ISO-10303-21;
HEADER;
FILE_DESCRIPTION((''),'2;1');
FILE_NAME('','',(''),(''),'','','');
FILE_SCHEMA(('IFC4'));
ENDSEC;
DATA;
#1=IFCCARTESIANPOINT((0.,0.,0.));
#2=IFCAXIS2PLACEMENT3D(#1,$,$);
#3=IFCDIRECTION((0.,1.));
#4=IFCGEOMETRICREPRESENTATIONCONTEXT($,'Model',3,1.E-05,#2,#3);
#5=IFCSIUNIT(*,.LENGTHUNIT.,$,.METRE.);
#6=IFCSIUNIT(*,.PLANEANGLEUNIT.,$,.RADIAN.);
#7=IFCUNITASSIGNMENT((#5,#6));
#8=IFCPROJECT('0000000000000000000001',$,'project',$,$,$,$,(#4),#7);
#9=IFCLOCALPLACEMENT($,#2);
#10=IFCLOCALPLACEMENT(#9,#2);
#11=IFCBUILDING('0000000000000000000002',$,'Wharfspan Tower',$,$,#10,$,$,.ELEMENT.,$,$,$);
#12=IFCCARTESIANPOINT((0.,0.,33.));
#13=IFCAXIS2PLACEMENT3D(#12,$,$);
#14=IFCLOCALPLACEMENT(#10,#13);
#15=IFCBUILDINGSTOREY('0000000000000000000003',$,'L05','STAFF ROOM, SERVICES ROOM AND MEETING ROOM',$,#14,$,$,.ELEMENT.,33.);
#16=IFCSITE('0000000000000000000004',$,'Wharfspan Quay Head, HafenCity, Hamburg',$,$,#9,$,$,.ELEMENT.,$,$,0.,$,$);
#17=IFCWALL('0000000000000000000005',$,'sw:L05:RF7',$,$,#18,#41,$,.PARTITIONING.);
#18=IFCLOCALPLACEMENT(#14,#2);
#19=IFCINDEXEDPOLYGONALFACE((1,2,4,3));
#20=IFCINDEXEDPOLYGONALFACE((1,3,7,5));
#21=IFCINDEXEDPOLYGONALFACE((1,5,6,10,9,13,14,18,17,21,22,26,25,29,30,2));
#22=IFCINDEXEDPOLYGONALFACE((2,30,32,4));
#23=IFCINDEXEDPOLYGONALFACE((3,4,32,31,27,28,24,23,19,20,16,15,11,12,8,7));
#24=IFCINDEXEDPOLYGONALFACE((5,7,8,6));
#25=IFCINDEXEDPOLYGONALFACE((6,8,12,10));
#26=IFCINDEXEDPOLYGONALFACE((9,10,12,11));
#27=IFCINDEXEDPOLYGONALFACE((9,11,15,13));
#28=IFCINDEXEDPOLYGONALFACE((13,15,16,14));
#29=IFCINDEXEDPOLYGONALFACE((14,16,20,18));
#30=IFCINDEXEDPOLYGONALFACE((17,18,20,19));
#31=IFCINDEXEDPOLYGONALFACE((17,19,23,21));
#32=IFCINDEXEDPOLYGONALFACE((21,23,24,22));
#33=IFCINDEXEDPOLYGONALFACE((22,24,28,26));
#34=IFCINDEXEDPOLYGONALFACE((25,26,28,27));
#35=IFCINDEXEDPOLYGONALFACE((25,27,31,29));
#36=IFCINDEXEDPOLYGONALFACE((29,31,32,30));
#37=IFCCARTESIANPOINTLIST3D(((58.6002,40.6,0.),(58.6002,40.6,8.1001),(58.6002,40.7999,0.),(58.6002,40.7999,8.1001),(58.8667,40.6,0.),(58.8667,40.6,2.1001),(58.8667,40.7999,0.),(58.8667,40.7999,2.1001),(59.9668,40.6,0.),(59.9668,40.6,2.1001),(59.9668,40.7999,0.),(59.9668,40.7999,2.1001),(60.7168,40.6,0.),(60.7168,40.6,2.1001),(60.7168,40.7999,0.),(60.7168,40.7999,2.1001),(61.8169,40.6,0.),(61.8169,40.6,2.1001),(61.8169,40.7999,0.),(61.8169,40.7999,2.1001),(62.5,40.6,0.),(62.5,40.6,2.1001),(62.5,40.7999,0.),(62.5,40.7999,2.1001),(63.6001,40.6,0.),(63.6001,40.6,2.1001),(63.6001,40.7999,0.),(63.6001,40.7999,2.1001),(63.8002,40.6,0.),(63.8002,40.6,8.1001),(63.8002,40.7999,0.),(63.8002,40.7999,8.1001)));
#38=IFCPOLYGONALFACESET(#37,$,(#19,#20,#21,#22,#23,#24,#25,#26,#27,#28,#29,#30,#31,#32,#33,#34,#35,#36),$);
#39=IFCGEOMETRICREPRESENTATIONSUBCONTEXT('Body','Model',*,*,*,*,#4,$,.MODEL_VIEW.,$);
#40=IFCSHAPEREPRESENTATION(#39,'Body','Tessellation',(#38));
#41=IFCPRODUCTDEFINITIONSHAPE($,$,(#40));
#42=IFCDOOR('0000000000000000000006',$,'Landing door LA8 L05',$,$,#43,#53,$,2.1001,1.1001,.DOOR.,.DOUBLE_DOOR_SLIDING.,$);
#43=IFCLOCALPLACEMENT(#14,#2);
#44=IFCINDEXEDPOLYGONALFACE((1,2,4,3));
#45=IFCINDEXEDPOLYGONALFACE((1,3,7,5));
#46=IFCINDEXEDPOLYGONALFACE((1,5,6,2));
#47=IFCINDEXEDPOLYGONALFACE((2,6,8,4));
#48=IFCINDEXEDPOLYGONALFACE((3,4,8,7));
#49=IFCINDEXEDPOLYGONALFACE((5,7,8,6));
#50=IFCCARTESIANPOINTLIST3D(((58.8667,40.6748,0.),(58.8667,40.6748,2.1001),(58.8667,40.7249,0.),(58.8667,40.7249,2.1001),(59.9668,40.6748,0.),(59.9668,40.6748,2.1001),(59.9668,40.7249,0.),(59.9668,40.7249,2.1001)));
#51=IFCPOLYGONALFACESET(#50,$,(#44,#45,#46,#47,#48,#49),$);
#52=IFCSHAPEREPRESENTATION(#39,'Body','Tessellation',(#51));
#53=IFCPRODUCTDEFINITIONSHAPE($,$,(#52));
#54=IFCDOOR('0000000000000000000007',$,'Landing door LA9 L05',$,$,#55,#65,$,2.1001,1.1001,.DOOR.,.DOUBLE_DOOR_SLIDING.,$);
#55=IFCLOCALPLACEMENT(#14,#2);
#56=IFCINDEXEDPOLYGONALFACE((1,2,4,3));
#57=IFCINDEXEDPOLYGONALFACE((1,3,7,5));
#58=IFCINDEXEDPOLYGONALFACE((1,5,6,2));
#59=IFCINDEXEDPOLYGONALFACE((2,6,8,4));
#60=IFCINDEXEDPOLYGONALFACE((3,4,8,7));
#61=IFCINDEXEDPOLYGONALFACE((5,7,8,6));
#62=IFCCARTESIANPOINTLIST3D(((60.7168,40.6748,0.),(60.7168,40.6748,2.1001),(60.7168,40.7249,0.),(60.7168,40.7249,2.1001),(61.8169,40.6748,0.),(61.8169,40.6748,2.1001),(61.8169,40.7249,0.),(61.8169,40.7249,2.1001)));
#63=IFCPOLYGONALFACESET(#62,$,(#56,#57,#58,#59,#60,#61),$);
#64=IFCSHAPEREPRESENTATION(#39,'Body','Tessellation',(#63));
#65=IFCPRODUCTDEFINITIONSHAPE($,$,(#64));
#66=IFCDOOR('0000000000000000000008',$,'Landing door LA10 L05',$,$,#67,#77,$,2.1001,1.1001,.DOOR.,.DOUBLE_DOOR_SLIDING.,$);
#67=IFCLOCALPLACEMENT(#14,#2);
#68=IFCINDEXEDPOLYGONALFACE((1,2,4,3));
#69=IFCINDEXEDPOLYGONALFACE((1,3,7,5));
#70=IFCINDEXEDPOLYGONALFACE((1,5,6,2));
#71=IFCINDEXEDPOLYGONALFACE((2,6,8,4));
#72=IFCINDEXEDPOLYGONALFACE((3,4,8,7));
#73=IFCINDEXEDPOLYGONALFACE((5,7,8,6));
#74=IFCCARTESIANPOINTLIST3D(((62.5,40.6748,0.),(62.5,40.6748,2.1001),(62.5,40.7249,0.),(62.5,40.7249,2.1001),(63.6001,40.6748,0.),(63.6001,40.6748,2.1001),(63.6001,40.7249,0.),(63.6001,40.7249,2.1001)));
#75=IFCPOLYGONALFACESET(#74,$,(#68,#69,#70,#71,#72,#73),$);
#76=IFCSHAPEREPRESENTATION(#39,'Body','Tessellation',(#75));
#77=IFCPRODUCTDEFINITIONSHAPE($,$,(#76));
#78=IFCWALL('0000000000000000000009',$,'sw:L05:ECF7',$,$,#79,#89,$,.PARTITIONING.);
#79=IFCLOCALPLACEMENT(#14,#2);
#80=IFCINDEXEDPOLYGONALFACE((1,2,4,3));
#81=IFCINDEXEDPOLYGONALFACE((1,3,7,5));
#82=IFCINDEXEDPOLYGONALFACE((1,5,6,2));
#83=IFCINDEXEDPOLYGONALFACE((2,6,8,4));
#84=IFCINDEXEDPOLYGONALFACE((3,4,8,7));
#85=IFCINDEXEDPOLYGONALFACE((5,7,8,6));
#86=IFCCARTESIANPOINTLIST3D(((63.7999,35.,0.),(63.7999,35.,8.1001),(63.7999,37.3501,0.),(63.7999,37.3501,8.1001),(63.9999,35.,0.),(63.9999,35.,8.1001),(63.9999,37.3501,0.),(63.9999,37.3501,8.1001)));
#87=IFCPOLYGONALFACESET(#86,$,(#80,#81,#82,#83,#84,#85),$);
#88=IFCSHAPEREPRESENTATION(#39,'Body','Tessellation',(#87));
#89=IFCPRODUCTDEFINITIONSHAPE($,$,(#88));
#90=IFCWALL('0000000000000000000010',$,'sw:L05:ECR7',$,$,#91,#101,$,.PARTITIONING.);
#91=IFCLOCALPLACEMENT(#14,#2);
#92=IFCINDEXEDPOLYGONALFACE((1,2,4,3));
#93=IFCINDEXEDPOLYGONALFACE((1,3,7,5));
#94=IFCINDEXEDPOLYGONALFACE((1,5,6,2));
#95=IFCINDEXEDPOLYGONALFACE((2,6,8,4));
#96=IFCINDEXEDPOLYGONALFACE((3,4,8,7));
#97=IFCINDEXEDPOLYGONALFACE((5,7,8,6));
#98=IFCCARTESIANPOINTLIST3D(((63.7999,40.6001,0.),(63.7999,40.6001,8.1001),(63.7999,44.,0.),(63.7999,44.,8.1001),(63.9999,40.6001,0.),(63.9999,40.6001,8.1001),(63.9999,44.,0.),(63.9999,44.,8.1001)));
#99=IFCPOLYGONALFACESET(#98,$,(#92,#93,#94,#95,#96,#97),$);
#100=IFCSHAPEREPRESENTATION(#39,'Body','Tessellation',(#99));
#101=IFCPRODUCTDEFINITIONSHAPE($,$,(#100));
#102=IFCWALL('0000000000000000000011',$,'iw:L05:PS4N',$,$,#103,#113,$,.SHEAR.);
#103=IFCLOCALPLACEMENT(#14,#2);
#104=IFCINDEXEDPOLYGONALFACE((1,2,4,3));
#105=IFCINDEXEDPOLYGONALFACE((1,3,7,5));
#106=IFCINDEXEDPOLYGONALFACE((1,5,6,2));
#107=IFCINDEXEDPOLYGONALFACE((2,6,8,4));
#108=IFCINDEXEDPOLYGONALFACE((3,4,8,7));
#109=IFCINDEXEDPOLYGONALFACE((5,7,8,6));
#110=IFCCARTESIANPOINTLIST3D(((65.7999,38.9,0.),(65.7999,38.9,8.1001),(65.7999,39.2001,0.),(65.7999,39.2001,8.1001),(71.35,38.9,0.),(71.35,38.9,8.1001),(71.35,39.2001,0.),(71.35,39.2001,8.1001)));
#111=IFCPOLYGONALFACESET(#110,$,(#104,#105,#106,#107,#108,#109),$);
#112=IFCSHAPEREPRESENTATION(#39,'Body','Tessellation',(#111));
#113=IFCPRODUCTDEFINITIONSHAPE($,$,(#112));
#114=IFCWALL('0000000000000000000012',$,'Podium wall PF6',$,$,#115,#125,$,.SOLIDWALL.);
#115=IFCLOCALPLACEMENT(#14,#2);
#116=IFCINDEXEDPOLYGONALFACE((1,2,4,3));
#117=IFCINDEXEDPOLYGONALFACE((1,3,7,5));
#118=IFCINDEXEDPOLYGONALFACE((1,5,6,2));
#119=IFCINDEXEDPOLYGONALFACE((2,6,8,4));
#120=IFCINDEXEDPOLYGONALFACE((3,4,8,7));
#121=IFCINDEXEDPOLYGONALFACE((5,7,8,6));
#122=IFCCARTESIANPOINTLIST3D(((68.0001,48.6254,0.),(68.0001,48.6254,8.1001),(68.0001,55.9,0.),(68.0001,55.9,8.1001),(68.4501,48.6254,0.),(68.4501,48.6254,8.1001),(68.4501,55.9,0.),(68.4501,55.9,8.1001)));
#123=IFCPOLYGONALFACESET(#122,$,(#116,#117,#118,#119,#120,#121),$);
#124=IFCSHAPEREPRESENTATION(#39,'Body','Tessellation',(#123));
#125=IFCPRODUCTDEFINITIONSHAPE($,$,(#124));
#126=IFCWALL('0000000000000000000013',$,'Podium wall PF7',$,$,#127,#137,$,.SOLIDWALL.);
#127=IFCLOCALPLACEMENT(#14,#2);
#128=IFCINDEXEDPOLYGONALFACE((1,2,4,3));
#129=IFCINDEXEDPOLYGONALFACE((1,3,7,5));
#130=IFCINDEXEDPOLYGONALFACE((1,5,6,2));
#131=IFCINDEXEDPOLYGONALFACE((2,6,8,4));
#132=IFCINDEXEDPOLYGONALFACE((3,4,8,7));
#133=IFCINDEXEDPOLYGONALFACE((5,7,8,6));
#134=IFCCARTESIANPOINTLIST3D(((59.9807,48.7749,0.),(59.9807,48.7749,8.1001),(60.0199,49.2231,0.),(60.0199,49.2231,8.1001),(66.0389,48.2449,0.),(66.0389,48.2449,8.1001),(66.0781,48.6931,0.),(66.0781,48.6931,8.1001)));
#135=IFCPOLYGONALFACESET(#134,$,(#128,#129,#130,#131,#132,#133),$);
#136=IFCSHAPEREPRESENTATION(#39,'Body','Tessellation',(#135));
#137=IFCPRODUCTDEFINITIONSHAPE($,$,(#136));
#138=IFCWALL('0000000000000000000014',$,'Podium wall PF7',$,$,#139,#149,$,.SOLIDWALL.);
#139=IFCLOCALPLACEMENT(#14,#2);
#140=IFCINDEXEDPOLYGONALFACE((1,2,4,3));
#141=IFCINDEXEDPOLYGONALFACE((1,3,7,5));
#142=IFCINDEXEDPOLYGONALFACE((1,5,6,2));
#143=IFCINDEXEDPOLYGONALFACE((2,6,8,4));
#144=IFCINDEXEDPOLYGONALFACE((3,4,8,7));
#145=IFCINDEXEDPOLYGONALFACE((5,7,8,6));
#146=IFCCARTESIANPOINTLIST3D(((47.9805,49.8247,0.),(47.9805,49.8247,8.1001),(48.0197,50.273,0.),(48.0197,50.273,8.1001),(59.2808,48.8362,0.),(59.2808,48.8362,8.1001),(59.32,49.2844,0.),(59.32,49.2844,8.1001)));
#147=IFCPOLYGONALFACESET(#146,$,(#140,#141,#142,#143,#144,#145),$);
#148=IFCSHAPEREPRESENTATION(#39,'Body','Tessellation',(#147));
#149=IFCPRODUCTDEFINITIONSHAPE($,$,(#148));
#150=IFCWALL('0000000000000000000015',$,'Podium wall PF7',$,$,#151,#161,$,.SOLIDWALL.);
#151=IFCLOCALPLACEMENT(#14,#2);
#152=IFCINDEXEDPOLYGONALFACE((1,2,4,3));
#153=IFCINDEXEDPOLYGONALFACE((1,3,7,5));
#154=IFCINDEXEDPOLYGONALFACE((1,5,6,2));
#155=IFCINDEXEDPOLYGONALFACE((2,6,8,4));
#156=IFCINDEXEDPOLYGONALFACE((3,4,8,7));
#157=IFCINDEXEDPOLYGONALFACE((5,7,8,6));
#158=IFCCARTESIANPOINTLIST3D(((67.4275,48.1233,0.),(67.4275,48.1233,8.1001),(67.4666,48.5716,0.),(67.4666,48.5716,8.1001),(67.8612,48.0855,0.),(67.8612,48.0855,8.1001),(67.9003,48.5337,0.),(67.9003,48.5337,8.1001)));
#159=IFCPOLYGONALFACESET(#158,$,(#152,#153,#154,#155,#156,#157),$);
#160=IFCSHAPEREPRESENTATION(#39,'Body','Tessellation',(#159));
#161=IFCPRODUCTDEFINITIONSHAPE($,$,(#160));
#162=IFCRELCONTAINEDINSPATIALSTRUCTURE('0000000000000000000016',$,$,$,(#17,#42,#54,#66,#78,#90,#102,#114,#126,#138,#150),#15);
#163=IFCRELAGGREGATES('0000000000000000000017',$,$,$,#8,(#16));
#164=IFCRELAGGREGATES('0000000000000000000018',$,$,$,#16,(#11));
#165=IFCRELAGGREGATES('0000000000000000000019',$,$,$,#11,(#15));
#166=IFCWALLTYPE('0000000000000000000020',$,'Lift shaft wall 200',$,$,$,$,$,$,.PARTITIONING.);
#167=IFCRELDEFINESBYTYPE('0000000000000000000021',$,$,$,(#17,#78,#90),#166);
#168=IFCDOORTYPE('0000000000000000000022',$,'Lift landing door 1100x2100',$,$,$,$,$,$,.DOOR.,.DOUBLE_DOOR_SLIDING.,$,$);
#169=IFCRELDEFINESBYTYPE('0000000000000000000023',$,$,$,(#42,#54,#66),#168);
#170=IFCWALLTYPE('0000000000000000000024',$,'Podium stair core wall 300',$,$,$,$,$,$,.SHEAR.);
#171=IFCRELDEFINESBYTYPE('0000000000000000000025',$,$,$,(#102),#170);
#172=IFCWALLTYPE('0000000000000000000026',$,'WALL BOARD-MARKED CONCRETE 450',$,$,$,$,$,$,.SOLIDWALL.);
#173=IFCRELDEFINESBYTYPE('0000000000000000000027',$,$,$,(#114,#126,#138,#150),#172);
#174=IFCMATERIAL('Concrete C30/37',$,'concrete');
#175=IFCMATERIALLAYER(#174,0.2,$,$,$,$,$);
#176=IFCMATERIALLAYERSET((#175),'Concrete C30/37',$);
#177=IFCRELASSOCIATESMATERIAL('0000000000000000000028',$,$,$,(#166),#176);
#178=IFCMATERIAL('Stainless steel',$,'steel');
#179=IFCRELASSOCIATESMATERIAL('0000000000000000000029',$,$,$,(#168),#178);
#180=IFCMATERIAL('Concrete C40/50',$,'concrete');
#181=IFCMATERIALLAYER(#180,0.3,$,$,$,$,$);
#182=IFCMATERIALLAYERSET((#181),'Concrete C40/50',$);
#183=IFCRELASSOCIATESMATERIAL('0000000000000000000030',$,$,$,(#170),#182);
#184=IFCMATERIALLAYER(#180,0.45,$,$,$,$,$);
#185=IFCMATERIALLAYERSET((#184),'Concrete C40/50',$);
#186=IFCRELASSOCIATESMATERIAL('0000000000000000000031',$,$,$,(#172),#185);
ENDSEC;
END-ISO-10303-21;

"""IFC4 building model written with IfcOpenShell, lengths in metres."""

from ifc_helpers import new_model, si_unit, direction, frame, frame_2d, origin, place, context, subcontext, project, spatial, rectangle, extrude, material, layer, layer_set, type_object, element, fill, save


model = new_model("IFC4")

# Units and contexts
model_context = context("Model", 3, precision=1e-05, world=origin(), true_north=direction((0.0, 1.0)))
body_context = subcontext(model_context, "Body", "Model", "MODEL_VIEW")
ifc_project = project(units=[si_unit("LENGTHUNIT", "METRE"), si_unit("PLANEANGLEUNIT", "RADIAN")], contexts=[model_context])

# Site, building, storey
site_placement = place(None, origin())
site = spatial("IfcSite", under=ifc_project, at=site_placement, Name="Wharfspan Quay Head, HafenCity, Hamburg", CompositionType="ELEMENT", RefElevation=0.0)
building_placement = place(site_placement, origin())
building = spatial("IfcBuilding", under=site, at=building_placement, Name="Wharfspan Tower", CompositionType="ELEMENT")
storey_placement = place(building_placement, frame((0.0, 0.0, 33.0)))
storey = spatial("IfcBuildingStorey", under=building, at=storey_placement, Name="L05", Description="STAFF ROOM, SERVICES ROOM AND MEETING ROOM", CompositionType="ELEMENT", Elevation=33.0)

# Wall, openings, doors
ifc_material_1 = material(Name="Concrete C30/37", Category="concrete")
ifc_layer_1 = layer(ifc_material_1, 0.2)
ifc_layer_set_1 = layer_set([ifc_layer_1], Name="Concrete C30/37")
wall_type_1 = type_object("IfcWallType", Name="Lift shaft wall 200", PredefinedType="PARTITIONING", material=ifc_layer_set_1)
wall_1_placement = place(storey_placement, frame((58.6001, 40.7, 0.0), z_axis=(0.0, 0.0, 1.0), x_axis=(1.0, 0.0, 0.0)))
wall_1 = element("IfcWall", 1, at=wall_1_placement, inside=storey, type_object=wall_type_1, Name="sw:L05:RF7", PredefinedType="PARTITIONING", context=body_context, shape_type="SweptSolid", body=[
    extrude(rectangle(XDim=5.2, YDim=0.2, at=frame_2d((2.6001, 0.0))), origin(), (0.0, 0.0, 1.0), 8.1001),
])
opening_1_placement = place(wall_1_placement, frame((0.2666, 0.0, 0.0)))
opening_1 = element("IfcOpeningElement", 2, at=opening_1_placement, cuts=wall_1, PredefinedType="OPENING", context=body_context, shape_type="SweptSolid", body=[
    extrude(rectangle(XDim=1.1001, YDim=2.1001, at=frame_2d((0.55, 1.05))), frame((0.0, 0.1099, 0.0), z_axis=(0.0, -1.0, 0.0), x_axis=(1.0, 0.0, 0.0)), (0.0, 0.0, 1.0), 0.22),
])
opening_2_placement = place(wall_1_placement, frame((2.1167, 0.0, 0.0)))
opening_2 = element("IfcOpeningElement", 3, at=opening_2_placement, cuts=wall_1, PredefinedType="OPENING", context=body_context, shape_type="SweptSolid", body=[
    extrude(rectangle(XDim=1.1001, YDim=2.1001, at=frame_2d((0.55, 1.05))), frame((0.0, 0.1099, 0.0), z_axis=(0.0, -1.0, 0.0), x_axis=(1.0, 0.0, 0.0)), (0.0, 0.0, 1.0), 0.22),
])
opening_3_placement = place(wall_1_placement, frame((3.8999, 0.0, 0.0)))
opening_3 = element("IfcOpeningElement", 4, at=opening_3_placement, cuts=wall_1, PredefinedType="OPENING", context=body_context, shape_type="SweptSolid", body=[
    extrude(rectangle(XDim=1.1001, YDim=2.1001, at=frame_2d((0.55, 1.05))), frame((0.0, 0.1099, 0.0), z_axis=(0.0, -1.0, 0.0), x_axis=(1.0, 0.0, 0.0)), (0.0, 0.0, 1.0), 0.22),
])
ifc_material_2 = material(Name="Stainless steel", Category="steel")
door_type_1 = type_object("IfcDoorType", Name="Lift landing door 1100x2100", OperationType="DOUBLE_DOOR_SLIDING", PredefinedType="DOOR", material=ifc_material_2)
door_1_placement = place(opening_1_placement, origin())
door_1 = element("IfcDoor", 5, at=door_1_placement, inside=storey, type_object=door_type_1, Name="Landing door LA8 L05", OperationType="DOUBLE_DOOR_SLIDING", OverallHeight=2.1001, OverallWidth=1.1001, PredefinedType="DOOR", context=body_context, shape_type="SweptSolid", body=[
    extrude(rectangle(XDim=1.1001, YDim=2.1001, at=frame_2d((0.55, 1.05))), frame((0.0, 0.0249, 0.0), z_axis=(0.0, -1.0, 0.0), x_axis=(1.0, 0.0, 0.0)), (0.0, 0.0, 1.0), 0.05),
])
fill(opening_1, door_1)
door_2_placement = place(opening_2_placement, origin())
door_2 = element("IfcDoor", 6, at=door_2_placement, inside=storey, type_object=door_type_1, Name="Landing door LA9 L05", OperationType="DOUBLE_DOOR_SLIDING", OverallHeight=2.1001, OverallWidth=1.1001, PredefinedType="DOOR", context=body_context, shape_type="SweptSolid", body=[
    extrude(rectangle(XDim=1.1001, YDim=2.1001, at=frame_2d((0.55, 1.05))), frame((0.0, 0.0249, 0.0), z_axis=(0.0, -1.0, 0.0), x_axis=(1.0, 0.0, 0.0)), (0.0, 0.0, 1.0), 0.05),
])
fill(opening_2, door_2)
door_3_placement = place(opening_3_placement, origin())
door_3 = element("IfcDoor", 7, at=door_3_placement, inside=storey, type_object=door_type_1, Name="Landing door LA10 L05", OperationType="DOUBLE_DOOR_SLIDING", OverallHeight=2.1001, OverallWidth=1.1001, PredefinedType="DOOR", context=body_context, shape_type="SweptSolid", body=[
    extrude(rectangle(XDim=1.1001, YDim=2.1001, at=frame_2d((0.55, 1.05))), frame((0.0, 0.0249, 0.0), z_axis=(0.0, -1.0, 0.0), x_axis=(1.0, 0.0, 0.0)), (0.0, 0.0, 1.0), 0.05),
])
fill(opening_3, door_3)

# Walls
wall_2_placement = place(storey_placement, frame((63.8999, 35.0, 0.0), z_axis=(0.0, 0.0, 1.0), x_axis=(0.0, 1.0, 0.0)))
element("IfcWall", 8, at=wall_2_placement, inside=storey, type_object=wall_type_1, Name="sw:L05:ECF7", PredefinedType="PARTITIONING", context=body_context, shape_type="SweptSolid", body=[
    extrude(rectangle(XDim=2.3501, YDim=0.2, at=frame_2d((1.175, 0.0))), origin(), (0.0, 0.0, 1.0), 8.1001),
])
wall_3_placement = place(storey_placement, frame((63.8999, 40.6001, 0.0), z_axis=(0.0, 0.0, 1.0), x_axis=(0.0, 1.0, 0.0)))
element("IfcWall", 9, at=wall_3_placement, inside=storey, type_object=wall_type_1, Name="sw:L05:ECR7", PredefinedType="PARTITIONING", context=body_context, shape_type="SweptSolid", body=[
    extrude(rectangle(XDim=3.3999, YDim=0.2, at=frame_2d((1.7, 0.0))), origin(), (0.0, 0.0, 1.0), 8.1001),
])
ifc_material_3 = material(Name="Concrete C40/50", Category="concrete")
ifc_layer_2 = layer(ifc_material_3, 0.3)
ifc_layer_set_2 = layer_set([ifc_layer_2], Name="Concrete C40/50")
wall_type_2 = type_object("IfcWallType", Name="Podium stair core wall 300", PredefinedType="SHEAR", material=ifc_layer_set_2)
wall_4_placement = place(storey_placement, frame((65.8, 39.05, 0.0), z_axis=(0.0, 0.0, 1.0), x_axis=(1.0, 0.0, 0.0)))
element("IfcWall", 10, at=wall_4_placement, inside=storey, type_object=wall_type_2, Name="iw:L05:PS4N", PredefinedType="SHEAR", context=body_context, shape_type="SweptSolid", body=[
    extrude(rectangle(XDim=5.55, YDim=0.3, at=frame_2d((2.7749, 0.0))), origin(), (0.0, 0.0, 1.0), 8.1001),
])
ifc_layer_3 = layer(ifc_material_3, 0.45)
ifc_layer_set_3 = layer_set([ifc_layer_3], Name="Concrete C40/50")
wall_type_3 = type_object("IfcWallType", Name="WALL BOARD-MARKED CONCRETE 450", PredefinedType="SOLIDWALL", material=ifc_layer_set_3)
wall_5_placement = place(storey_placement, frame((68.2251, 55.8999, 0.0), z_axis=(0.0, 0.0, 1.0), x_axis=(0.0, -1.0, 0.0)))
element("IfcWall", 11, at=wall_5_placement, inside=storey, type_object=wall_type_3, Name="Podium wall PF6", PredefinedType="SOLIDWALL", context=body_context, shape_type="SweptSolid", body=[
    extrude(rectangle(XDim=7.2747, YDim=0.45, at=frame_2d((3.6372, 0.0))), origin(), (0.0, 0.0, 1.0), 8.1001),
])
wall_6_placement = place(storey_placement, frame((66.0584, 48.469, 0.0), z_axis=(0.0, 0.0, 1.0), x_axis=(-0.996195, 0.087158, 0.0)))
element("IfcWall", 12, at=wall_6_placement, inside=storey, type_object=wall_type_3, Name="Podium wall PF7", PredefinedType="SOLIDWALL", context=body_context, shape_type="SweptSolid", body=[
    extrude(rectangle(XDim=6.0813, YDim=0.45, at=frame_2d((3.0405, 0.0))), origin(), (0.0, 0.0, 1.0), 8.1001),
])
wall_7_placement = place(storey_placement, frame((59.3005, 49.0603, 0.0), z_axis=(0.0, 0.0, 1.0), x_axis=(-0.996195, 0.087145, 0.0)))
element("IfcWall", 13, at=wall_7_placement, inside=storey, type_object=wall_type_3, Name="Podium wall PF7", PredefinedType="SOLIDWALL", context=body_context, shape_type="SweptSolid", body=[
    extrude(rectangle(XDim=11.3435, YDim=0.45, at=frame_2d((5.6719, 0.0))), origin(), (0.0, 0.0, 1.0), 8.1001),
])
wall_8_placement = place(storey_placement, frame((67.8809, 48.3096, 0.0), z_axis=(0.0, 0.0, 1.0), x_axis=(-0.99621, 0.086944, 0.0)))
element("IfcWall", 14, at=wall_8_placement, inside=storey, type_object=wall_type_3, Name="Podium wall PF7", PredefinedType="SOLIDWALL", context=body_context, shape_type="SweptSolid", body=[
    extrude(rectangle(XDim=0.4353, YDim=0.45, at=frame_2d((0.2178, 0.0))), origin(), (0.0, 0.0, 1.0), 8.1001),
])

save(model, "model.ifc")
